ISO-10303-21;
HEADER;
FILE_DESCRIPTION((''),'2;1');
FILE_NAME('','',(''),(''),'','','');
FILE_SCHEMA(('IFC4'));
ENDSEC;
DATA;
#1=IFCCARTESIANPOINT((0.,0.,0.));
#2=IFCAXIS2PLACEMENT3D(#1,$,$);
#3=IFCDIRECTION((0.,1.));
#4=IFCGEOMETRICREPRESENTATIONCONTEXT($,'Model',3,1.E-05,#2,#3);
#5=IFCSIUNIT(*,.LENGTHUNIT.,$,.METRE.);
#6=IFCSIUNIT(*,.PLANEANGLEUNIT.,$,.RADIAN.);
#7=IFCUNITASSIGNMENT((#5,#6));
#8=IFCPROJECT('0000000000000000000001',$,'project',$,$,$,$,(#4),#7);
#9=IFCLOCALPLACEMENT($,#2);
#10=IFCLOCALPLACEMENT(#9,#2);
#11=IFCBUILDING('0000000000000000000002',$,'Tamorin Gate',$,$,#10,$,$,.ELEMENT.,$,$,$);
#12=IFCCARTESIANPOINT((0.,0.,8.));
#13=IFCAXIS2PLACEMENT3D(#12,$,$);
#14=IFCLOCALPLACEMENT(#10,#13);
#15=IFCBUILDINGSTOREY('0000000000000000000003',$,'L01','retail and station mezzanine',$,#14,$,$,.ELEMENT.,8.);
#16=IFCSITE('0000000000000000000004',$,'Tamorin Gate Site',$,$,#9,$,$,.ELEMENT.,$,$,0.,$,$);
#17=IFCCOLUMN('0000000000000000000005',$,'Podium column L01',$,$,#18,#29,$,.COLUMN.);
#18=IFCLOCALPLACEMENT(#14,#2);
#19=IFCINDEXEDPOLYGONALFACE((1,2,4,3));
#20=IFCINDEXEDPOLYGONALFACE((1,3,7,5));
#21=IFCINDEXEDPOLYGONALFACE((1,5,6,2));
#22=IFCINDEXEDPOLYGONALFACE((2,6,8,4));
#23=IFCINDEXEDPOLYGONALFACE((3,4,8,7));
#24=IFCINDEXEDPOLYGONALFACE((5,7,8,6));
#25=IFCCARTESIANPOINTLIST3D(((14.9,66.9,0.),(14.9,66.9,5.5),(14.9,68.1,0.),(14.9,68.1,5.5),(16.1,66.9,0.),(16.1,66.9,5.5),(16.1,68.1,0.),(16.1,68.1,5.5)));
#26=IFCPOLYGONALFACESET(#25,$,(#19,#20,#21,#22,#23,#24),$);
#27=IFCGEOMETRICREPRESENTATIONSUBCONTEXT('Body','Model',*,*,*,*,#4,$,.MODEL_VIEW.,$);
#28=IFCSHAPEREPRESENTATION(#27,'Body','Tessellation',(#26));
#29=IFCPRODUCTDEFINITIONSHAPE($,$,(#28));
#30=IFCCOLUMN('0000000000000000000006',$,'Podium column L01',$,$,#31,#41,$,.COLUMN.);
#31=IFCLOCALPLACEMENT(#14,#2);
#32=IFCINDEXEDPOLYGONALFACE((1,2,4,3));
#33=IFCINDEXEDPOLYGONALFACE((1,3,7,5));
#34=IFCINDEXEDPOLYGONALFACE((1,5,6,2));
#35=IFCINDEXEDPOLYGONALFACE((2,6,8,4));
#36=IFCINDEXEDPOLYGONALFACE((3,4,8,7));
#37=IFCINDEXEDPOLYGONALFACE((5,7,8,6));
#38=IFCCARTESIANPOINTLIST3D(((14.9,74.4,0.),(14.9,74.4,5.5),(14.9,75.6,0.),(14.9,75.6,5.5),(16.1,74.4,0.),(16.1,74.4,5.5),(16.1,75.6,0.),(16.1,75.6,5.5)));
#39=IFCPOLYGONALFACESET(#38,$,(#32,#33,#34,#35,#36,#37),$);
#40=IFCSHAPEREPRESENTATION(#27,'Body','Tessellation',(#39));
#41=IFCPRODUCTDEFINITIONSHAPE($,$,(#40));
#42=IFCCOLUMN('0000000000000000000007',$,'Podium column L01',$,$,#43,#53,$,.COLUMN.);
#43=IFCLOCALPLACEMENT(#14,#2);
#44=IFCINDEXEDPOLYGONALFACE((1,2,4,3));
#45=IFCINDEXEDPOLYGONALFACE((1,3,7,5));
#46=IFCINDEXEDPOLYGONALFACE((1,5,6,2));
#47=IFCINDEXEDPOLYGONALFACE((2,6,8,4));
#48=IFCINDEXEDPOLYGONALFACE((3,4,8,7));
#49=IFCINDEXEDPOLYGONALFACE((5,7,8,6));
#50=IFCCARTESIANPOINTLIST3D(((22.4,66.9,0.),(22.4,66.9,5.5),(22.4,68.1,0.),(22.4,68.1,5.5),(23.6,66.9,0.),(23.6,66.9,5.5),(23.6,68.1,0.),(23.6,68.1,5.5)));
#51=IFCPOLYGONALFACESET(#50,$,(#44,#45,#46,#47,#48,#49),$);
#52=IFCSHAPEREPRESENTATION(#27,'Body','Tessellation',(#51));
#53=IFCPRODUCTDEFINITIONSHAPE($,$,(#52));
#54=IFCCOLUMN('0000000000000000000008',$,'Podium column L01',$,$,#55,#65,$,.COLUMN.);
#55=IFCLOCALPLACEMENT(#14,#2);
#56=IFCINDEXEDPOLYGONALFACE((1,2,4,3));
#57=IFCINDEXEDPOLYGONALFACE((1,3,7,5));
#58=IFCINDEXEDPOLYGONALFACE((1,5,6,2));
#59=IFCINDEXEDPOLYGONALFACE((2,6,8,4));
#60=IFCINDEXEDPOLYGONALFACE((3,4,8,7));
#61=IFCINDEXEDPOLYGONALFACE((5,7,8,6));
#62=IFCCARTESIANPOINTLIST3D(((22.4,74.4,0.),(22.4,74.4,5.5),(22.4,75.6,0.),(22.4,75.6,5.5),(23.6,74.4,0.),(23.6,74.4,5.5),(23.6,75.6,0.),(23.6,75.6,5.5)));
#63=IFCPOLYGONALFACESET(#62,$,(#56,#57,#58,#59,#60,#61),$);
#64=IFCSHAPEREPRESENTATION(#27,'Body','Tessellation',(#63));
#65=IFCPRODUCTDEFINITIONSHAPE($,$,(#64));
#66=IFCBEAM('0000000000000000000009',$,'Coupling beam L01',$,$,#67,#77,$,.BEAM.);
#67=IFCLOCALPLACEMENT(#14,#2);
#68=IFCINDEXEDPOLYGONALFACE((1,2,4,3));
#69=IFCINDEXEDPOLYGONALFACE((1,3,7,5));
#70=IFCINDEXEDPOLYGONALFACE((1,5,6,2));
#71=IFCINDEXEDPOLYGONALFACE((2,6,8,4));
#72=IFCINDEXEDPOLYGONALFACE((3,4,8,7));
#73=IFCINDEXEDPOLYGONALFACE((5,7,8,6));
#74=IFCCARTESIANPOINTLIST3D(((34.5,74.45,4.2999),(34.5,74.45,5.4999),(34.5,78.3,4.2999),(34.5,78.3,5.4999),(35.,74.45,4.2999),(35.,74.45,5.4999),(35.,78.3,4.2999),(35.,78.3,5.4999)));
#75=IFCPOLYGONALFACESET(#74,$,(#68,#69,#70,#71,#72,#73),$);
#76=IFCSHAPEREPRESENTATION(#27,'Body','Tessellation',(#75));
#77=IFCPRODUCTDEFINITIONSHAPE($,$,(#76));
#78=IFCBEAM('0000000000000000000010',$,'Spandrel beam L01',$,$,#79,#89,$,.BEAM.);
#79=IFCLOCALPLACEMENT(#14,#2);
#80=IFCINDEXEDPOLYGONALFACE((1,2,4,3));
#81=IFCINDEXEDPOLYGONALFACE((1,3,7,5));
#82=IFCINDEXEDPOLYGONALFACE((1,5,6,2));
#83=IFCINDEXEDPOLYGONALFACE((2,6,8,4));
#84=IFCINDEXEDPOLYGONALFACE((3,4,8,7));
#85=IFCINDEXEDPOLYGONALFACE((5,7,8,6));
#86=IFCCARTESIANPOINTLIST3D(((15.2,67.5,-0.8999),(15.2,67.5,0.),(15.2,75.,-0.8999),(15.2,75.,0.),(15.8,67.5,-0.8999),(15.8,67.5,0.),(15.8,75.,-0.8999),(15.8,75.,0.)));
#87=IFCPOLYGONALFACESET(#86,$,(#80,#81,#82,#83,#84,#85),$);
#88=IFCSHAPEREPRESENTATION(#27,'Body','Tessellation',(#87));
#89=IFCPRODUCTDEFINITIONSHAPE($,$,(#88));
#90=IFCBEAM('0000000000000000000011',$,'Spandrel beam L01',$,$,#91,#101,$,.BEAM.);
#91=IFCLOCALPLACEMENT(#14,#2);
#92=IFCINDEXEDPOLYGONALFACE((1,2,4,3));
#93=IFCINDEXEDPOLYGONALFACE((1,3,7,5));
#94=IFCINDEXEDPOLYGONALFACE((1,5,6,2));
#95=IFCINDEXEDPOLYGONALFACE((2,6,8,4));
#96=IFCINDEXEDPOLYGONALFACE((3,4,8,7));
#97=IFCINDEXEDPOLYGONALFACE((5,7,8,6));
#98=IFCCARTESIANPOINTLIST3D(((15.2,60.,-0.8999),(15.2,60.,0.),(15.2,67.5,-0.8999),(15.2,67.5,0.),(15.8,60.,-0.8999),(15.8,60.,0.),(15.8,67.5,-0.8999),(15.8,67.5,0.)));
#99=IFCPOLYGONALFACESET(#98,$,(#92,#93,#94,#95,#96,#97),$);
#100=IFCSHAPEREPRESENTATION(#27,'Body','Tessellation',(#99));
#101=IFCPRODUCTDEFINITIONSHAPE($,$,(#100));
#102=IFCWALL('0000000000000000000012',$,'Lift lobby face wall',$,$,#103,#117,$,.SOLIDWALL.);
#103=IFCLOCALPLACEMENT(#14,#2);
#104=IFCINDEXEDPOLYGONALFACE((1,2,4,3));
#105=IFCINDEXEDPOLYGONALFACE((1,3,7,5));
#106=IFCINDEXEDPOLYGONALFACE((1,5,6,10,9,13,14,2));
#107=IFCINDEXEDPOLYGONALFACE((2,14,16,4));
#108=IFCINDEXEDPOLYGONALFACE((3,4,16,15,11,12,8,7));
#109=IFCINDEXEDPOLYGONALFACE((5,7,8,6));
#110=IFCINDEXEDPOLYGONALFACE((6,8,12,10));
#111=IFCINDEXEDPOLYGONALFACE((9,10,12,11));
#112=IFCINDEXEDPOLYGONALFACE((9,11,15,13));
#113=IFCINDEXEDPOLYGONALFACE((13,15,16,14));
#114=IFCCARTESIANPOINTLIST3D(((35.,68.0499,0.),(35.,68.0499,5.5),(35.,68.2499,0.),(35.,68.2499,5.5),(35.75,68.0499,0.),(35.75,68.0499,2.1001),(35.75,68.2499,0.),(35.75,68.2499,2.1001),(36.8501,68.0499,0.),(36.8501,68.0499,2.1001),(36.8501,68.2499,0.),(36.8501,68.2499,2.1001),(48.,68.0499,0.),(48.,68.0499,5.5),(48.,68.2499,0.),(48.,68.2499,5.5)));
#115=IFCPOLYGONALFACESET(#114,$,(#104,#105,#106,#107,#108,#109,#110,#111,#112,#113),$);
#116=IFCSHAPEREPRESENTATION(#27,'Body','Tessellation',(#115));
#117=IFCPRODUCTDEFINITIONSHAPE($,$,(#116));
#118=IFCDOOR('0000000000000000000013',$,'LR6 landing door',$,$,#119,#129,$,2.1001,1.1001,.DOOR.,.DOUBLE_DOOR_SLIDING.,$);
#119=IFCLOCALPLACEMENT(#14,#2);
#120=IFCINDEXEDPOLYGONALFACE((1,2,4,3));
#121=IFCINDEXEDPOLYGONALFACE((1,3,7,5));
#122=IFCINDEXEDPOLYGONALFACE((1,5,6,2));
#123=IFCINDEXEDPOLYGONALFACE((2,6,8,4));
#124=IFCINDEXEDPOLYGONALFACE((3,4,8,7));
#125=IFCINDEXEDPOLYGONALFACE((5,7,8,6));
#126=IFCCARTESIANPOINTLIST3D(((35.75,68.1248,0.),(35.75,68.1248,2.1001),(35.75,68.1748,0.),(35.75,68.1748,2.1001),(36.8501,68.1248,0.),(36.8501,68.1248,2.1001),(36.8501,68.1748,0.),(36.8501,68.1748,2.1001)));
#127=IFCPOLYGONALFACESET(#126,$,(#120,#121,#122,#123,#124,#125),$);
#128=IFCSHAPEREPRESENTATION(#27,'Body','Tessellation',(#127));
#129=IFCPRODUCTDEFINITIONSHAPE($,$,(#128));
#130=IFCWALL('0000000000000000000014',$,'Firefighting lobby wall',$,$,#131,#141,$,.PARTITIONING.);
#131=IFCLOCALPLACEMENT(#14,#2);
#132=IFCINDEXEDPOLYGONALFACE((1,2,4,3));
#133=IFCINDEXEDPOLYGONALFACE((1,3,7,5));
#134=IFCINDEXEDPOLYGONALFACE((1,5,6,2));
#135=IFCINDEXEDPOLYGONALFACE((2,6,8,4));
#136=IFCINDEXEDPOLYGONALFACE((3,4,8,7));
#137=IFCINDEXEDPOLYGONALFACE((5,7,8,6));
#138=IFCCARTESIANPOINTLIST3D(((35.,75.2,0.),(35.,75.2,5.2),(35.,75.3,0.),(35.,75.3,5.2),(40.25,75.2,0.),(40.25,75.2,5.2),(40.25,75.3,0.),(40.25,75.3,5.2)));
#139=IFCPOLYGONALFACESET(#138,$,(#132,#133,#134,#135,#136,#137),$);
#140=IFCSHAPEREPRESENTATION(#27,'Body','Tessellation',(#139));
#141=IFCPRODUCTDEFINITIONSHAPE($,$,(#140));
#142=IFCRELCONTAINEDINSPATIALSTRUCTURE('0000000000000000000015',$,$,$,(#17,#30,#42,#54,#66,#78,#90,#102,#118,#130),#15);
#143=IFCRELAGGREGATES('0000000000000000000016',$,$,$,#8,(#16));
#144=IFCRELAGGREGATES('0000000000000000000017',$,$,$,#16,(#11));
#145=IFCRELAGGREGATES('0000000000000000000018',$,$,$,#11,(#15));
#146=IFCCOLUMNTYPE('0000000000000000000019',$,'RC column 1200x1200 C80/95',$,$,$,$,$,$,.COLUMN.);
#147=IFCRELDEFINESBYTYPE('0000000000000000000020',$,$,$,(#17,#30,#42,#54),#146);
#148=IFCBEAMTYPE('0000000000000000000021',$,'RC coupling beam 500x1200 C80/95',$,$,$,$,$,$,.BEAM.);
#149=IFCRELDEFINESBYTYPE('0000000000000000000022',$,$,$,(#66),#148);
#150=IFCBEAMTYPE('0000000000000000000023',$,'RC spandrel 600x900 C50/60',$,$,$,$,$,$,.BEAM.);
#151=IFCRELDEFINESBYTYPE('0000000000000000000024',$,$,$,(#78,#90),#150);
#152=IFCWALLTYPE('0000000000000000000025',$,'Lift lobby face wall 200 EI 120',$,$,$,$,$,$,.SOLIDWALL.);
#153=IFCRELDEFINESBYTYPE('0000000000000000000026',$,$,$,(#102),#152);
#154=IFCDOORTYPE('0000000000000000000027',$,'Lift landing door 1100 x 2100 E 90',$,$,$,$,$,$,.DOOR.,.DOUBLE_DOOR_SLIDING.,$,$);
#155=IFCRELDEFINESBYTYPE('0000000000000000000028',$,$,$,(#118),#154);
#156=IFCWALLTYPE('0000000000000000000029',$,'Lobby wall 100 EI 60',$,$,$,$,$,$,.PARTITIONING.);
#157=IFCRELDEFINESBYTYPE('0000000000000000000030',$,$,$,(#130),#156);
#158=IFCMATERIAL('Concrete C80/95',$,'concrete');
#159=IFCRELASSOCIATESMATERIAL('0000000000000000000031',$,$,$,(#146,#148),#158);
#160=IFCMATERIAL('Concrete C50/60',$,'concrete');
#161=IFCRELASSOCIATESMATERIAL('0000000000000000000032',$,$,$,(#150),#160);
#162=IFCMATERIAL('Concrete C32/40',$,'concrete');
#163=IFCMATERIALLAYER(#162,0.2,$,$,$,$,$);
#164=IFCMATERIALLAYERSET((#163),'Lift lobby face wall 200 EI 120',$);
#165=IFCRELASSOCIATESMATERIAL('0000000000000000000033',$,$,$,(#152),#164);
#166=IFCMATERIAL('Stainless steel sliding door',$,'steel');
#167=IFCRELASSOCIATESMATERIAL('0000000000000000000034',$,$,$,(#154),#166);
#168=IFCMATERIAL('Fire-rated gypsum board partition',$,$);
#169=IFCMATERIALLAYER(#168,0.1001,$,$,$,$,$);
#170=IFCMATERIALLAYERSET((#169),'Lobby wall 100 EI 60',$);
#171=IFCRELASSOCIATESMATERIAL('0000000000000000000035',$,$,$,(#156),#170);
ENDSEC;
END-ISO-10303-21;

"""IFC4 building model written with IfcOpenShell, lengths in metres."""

from ifc_helpers import new_model, si_unit, direction, frame, frame_2d, origin, origin_2d, place, context, subcontext, project, spatial, rectangle, extrude, material, layer, layer_set, material_profile, profile_set, type_object, element, fill, save


model = new_model("IFC4")

# Units and contexts
model_context = context("Model", 3, precision=1e-05, world=origin(), true_north=direction((0.0, 1.0)))
body_context = subcontext(model_context, "Body", "Model", "MODEL_VIEW")
ifc_project = project(units=[si_unit("LENGTHUNIT", "METRE"), si_unit("PLANEANGLEUNIT", "RADIAN")], contexts=[model_context])

# Site, building, storey
site_placement = place(None, origin())
site = spatial("IfcSite", under=ifc_project, at=site_placement, Name="Tamorin Gate Site", CompositionType="ELEMENT", RefElevation=0.0)
building_placement = place(site_placement, origin())
building = spatial("IfcBuilding", under=site, at=building_placement, Name="Tamorin Gate", CompositionType="ELEMENT")
storey_placement = place(building_placement, frame((0.0, 0.0, 8.0)))
storey = spatial("IfcBuildingStorey", under=building, at=storey_placement, Name="L01", Description="retail and station mezzanine", CompositionType="ELEMENT", Elevation=8.0)

# Columns
ifc_material_1 = material(Name="Concrete C80/95", Category="concrete")
ifc_material_profile_1 = material_profile(ifc_material_1, rectangle(XDim=1.2, YDim=1.2, at=origin_2d()), Name="RC 1200x1200")
ifc_profile_set_1 = profile_set([ifc_material_profile_1], Name="Concrete C80/95")
column_type = type_object("IfcColumnType", Name="RC column 1200x1200 C80/95", PredefinedType="COLUMN", material=ifc_profile_set_1)
for number, where, z_axis, x_axis, name in (
    (1, (15.5, 67.5, 0.0), (0.0, 0.0, 1.0), (1.0, 0.0, 0.0), "Podium column L01"),
    (2, (15.5, 75.0, 0.0), (0.0, 0.0, 1.0), (1.0, 0.0, 0.0), "Podium column L01"),
    (3, (23.0, 67.5, 0.0), (0.0, 0.0, 1.0), (1.0, 0.0, 0.0), "Podium column L01"),
    (4, (23.0, 75.0, 0.0), (0.0, 0.0, 1.0), (1.0, 0.0, 0.0), "Podium column L01"),
):
    element("IfcColumn", number, at=place(storey_placement, frame(where, z_axis=z_axis, x_axis=x_axis)), inside=storey, type_object=column_type, Name=name, PredefinedType="COLUMN", context=body_context, shape_type="SweptSolid", body=[
        extrude(rectangle(XDim=1.2, YDim=1.2, at=origin_2d()), origin(), (0.0, 0.0, 1.0), 5.5),
    ])

# Beams
ifc_material_profile_2 = material_profile(ifc_material_1, rectangle(XDim=0.5, YDim=1.2, at=origin_2d()), Name="RC 500x1200")
ifc_profile_set_2 = profile_set([ifc_material_profile_2], Name="Concrete C80/95")
beam_type_1 = type_object("IfcBeamType", Name="RC coupling beam 500x1200 C80/95", PredefinedType="BEAM", material=ifc_profile_set_2)
beam_placement = place(storey_placement, frame((34.75, 74.45, 4.8999), z_axis=(0.0, 1.0, 0.0), x_axis=(-1.0, 0.0, 0.0)))
element("IfcBeam", 5, at=beam_placement, inside=storey, type_object=beam_type_1, Name="Coupling beam L01", PredefinedType="BEAM", context=body_context, shape_type="SweptSolid", body=[
    extrude(rectangle(XDim=0.5, YDim=1.2, at=origin_2d()), origin(), (0.0, 0.0, 1.0), 3.8501),
])
ifc_material_2 = material(Name="Concrete C50/60", Category="concrete")
ifc_material_profile_3 = material_profile(ifc_material_2, rectangle(XDim=0.6001, YDim=0.8999, at=origin_2d()), Name="RC 600x900")
ifc_profile_set_3 = profile_set([ifc_material_profile_3], Name="Concrete C50/60")
beam_type_2 = type_object("IfcBeamType", Name="RC spandrel 600x900 C50/60", PredefinedType="BEAM", material=ifc_profile_set_3)
for number, where, z_axis, x_axis, name in (
    (6, (15.5, 75.0, -0.45), (0.0, -1.0, 0.0), (1.0, 0.0, 0.0), "Spandrel beam L01"),
    (7, (15.5, 67.5, -0.45), (0.0, -1.0, 0.0), (1.0, 0.0, 0.0), "Spandrel beam L01"),
):
    element("IfcBeam", number, at=place(storey_placement, frame(where, z_axis=z_axis, x_axis=x_axis)), inside=storey, type_object=beam_type_2, Name=name, PredefinedType="BEAM", context=body_context, shape_type="SweptSolid", body=[
        extrude(rectangle(XDim=0.6001, YDim=0.8999, at=origin_2d()), origin(), (0.0, 0.0, 1.0), 7.5),
    ])

# Wall, opening, door
ifc_material_3 = material(Name="Concrete C32/40", Category="concrete")
ifc_layer_1 = layer(ifc_material_3, 0.2)
ifc_layer_set_1 = layer_set([ifc_layer_1], Name="Lift lobby face wall 200 EI 120")
wall_type_1 = type_object("IfcWallType", Name="Lift lobby face wall 200 EI 120", PredefinedType="SOLIDWALL", material=ifc_layer_set_1)
wall_1_placement = place(storey_placement, frame((35.0, 68.1499, 0.0), z_axis=(0.0, 0.0, 1.0), x_axis=(1.0, 0.0, 0.0)))
wall_1 = element("IfcWall", 8, at=wall_1_placement, inside=storey, type_object=wall_type_1, Name="Lift lobby face wall", PredefinedType="SOLIDWALL", context=body_context, shape_type="SweptSolid", body=[
    extrude(rectangle(XDim=13.0, YDim=0.2, at=frame_2d((6.5, 0.0))), origin(), (0.0, 0.0, 1.0), 5.5),
])
opening_1_placement = place(wall_1_placement, frame((0.75, 0.0, 0.0)))
opening_1 = element("IfcOpeningElement", 9, at=opening_1_placement, cuts=wall_1, PredefinedType="OPENING", context=body_context, shape_type="SweptSolid", body=[
    extrude(rectangle(XDim=1.1001, YDim=2.1001, at=frame_2d((0.55, 1.05))), frame((0.0, 0.1099, 0.0), z_axis=(0.0, -1.0, 0.0), x_axis=(1.0, 0.0, 0.0)), (0.0, 0.0, 1.0), 0.22),
])
ifc_material_4 = material(Name="Stainless steel sliding door", Category="steel")
door_type_1 = type_object("IfcDoorType", Name="Lift landing door 1100 x 2100 E 90", OperationType="DOUBLE_DOOR_SLIDING", PredefinedType="DOOR", material=ifc_material_4)
door_1_placement = place(opening_1_placement, origin())
door_1 = element("IfcDoor", 10, at=door_1_placement, inside=storey, type_object=door_type_1, Name="LR6 landing door", OperationType="DOUBLE_DOOR_SLIDING", OverallHeight=2.1001, OverallWidth=1.1001, PredefinedType="DOOR", context=body_context, shape_type="SweptSolid", body=[
    extrude(rectangle(XDim=1.1001, YDim=2.1001, at=frame_2d((0.55, 1.05))), frame((0.0, 0.0249, 0.0), z_axis=(0.0, -1.0, 0.0), x_axis=(1.0, 0.0, 0.0)), (0.0, 0.0, 1.0), 0.05),
])
fill(opening_1, door_1)

# Wall
ifc_material_5 = material(Name="Fire-rated gypsum board partition")
ifc_layer_2 = layer(ifc_material_5, 0.1001)
ifc_layer_set_2 = layer_set([ifc_layer_2], Name="Lobby wall 100 EI 60")
wall_type_2 = type_object("IfcWallType", Name="Lobby wall 100 EI 60", PredefinedType="PARTITIONING", material=ifc_layer_set_2)
wall_2_placement = place(storey_placement, frame((35.0, 75.25, 0.0), z_axis=(0.0, 0.0, 1.0), x_axis=(1.0, 0.0, 0.0)))
element("IfcWall", 11, at=wall_2_placement, inside=storey, type_object=wall_type_2, Name="Firefighting lobby wall", PredefinedType="PARTITIONING", context=body_context, shape_type="SweptSolid", body=[
    extrude(rectangle(XDim=5.25, YDim=0.1001, at=frame_2d((2.625, 0.0))), origin(), (0.0, 0.0, 1.0), 5.2),
])

save(model, "model.ifc")
